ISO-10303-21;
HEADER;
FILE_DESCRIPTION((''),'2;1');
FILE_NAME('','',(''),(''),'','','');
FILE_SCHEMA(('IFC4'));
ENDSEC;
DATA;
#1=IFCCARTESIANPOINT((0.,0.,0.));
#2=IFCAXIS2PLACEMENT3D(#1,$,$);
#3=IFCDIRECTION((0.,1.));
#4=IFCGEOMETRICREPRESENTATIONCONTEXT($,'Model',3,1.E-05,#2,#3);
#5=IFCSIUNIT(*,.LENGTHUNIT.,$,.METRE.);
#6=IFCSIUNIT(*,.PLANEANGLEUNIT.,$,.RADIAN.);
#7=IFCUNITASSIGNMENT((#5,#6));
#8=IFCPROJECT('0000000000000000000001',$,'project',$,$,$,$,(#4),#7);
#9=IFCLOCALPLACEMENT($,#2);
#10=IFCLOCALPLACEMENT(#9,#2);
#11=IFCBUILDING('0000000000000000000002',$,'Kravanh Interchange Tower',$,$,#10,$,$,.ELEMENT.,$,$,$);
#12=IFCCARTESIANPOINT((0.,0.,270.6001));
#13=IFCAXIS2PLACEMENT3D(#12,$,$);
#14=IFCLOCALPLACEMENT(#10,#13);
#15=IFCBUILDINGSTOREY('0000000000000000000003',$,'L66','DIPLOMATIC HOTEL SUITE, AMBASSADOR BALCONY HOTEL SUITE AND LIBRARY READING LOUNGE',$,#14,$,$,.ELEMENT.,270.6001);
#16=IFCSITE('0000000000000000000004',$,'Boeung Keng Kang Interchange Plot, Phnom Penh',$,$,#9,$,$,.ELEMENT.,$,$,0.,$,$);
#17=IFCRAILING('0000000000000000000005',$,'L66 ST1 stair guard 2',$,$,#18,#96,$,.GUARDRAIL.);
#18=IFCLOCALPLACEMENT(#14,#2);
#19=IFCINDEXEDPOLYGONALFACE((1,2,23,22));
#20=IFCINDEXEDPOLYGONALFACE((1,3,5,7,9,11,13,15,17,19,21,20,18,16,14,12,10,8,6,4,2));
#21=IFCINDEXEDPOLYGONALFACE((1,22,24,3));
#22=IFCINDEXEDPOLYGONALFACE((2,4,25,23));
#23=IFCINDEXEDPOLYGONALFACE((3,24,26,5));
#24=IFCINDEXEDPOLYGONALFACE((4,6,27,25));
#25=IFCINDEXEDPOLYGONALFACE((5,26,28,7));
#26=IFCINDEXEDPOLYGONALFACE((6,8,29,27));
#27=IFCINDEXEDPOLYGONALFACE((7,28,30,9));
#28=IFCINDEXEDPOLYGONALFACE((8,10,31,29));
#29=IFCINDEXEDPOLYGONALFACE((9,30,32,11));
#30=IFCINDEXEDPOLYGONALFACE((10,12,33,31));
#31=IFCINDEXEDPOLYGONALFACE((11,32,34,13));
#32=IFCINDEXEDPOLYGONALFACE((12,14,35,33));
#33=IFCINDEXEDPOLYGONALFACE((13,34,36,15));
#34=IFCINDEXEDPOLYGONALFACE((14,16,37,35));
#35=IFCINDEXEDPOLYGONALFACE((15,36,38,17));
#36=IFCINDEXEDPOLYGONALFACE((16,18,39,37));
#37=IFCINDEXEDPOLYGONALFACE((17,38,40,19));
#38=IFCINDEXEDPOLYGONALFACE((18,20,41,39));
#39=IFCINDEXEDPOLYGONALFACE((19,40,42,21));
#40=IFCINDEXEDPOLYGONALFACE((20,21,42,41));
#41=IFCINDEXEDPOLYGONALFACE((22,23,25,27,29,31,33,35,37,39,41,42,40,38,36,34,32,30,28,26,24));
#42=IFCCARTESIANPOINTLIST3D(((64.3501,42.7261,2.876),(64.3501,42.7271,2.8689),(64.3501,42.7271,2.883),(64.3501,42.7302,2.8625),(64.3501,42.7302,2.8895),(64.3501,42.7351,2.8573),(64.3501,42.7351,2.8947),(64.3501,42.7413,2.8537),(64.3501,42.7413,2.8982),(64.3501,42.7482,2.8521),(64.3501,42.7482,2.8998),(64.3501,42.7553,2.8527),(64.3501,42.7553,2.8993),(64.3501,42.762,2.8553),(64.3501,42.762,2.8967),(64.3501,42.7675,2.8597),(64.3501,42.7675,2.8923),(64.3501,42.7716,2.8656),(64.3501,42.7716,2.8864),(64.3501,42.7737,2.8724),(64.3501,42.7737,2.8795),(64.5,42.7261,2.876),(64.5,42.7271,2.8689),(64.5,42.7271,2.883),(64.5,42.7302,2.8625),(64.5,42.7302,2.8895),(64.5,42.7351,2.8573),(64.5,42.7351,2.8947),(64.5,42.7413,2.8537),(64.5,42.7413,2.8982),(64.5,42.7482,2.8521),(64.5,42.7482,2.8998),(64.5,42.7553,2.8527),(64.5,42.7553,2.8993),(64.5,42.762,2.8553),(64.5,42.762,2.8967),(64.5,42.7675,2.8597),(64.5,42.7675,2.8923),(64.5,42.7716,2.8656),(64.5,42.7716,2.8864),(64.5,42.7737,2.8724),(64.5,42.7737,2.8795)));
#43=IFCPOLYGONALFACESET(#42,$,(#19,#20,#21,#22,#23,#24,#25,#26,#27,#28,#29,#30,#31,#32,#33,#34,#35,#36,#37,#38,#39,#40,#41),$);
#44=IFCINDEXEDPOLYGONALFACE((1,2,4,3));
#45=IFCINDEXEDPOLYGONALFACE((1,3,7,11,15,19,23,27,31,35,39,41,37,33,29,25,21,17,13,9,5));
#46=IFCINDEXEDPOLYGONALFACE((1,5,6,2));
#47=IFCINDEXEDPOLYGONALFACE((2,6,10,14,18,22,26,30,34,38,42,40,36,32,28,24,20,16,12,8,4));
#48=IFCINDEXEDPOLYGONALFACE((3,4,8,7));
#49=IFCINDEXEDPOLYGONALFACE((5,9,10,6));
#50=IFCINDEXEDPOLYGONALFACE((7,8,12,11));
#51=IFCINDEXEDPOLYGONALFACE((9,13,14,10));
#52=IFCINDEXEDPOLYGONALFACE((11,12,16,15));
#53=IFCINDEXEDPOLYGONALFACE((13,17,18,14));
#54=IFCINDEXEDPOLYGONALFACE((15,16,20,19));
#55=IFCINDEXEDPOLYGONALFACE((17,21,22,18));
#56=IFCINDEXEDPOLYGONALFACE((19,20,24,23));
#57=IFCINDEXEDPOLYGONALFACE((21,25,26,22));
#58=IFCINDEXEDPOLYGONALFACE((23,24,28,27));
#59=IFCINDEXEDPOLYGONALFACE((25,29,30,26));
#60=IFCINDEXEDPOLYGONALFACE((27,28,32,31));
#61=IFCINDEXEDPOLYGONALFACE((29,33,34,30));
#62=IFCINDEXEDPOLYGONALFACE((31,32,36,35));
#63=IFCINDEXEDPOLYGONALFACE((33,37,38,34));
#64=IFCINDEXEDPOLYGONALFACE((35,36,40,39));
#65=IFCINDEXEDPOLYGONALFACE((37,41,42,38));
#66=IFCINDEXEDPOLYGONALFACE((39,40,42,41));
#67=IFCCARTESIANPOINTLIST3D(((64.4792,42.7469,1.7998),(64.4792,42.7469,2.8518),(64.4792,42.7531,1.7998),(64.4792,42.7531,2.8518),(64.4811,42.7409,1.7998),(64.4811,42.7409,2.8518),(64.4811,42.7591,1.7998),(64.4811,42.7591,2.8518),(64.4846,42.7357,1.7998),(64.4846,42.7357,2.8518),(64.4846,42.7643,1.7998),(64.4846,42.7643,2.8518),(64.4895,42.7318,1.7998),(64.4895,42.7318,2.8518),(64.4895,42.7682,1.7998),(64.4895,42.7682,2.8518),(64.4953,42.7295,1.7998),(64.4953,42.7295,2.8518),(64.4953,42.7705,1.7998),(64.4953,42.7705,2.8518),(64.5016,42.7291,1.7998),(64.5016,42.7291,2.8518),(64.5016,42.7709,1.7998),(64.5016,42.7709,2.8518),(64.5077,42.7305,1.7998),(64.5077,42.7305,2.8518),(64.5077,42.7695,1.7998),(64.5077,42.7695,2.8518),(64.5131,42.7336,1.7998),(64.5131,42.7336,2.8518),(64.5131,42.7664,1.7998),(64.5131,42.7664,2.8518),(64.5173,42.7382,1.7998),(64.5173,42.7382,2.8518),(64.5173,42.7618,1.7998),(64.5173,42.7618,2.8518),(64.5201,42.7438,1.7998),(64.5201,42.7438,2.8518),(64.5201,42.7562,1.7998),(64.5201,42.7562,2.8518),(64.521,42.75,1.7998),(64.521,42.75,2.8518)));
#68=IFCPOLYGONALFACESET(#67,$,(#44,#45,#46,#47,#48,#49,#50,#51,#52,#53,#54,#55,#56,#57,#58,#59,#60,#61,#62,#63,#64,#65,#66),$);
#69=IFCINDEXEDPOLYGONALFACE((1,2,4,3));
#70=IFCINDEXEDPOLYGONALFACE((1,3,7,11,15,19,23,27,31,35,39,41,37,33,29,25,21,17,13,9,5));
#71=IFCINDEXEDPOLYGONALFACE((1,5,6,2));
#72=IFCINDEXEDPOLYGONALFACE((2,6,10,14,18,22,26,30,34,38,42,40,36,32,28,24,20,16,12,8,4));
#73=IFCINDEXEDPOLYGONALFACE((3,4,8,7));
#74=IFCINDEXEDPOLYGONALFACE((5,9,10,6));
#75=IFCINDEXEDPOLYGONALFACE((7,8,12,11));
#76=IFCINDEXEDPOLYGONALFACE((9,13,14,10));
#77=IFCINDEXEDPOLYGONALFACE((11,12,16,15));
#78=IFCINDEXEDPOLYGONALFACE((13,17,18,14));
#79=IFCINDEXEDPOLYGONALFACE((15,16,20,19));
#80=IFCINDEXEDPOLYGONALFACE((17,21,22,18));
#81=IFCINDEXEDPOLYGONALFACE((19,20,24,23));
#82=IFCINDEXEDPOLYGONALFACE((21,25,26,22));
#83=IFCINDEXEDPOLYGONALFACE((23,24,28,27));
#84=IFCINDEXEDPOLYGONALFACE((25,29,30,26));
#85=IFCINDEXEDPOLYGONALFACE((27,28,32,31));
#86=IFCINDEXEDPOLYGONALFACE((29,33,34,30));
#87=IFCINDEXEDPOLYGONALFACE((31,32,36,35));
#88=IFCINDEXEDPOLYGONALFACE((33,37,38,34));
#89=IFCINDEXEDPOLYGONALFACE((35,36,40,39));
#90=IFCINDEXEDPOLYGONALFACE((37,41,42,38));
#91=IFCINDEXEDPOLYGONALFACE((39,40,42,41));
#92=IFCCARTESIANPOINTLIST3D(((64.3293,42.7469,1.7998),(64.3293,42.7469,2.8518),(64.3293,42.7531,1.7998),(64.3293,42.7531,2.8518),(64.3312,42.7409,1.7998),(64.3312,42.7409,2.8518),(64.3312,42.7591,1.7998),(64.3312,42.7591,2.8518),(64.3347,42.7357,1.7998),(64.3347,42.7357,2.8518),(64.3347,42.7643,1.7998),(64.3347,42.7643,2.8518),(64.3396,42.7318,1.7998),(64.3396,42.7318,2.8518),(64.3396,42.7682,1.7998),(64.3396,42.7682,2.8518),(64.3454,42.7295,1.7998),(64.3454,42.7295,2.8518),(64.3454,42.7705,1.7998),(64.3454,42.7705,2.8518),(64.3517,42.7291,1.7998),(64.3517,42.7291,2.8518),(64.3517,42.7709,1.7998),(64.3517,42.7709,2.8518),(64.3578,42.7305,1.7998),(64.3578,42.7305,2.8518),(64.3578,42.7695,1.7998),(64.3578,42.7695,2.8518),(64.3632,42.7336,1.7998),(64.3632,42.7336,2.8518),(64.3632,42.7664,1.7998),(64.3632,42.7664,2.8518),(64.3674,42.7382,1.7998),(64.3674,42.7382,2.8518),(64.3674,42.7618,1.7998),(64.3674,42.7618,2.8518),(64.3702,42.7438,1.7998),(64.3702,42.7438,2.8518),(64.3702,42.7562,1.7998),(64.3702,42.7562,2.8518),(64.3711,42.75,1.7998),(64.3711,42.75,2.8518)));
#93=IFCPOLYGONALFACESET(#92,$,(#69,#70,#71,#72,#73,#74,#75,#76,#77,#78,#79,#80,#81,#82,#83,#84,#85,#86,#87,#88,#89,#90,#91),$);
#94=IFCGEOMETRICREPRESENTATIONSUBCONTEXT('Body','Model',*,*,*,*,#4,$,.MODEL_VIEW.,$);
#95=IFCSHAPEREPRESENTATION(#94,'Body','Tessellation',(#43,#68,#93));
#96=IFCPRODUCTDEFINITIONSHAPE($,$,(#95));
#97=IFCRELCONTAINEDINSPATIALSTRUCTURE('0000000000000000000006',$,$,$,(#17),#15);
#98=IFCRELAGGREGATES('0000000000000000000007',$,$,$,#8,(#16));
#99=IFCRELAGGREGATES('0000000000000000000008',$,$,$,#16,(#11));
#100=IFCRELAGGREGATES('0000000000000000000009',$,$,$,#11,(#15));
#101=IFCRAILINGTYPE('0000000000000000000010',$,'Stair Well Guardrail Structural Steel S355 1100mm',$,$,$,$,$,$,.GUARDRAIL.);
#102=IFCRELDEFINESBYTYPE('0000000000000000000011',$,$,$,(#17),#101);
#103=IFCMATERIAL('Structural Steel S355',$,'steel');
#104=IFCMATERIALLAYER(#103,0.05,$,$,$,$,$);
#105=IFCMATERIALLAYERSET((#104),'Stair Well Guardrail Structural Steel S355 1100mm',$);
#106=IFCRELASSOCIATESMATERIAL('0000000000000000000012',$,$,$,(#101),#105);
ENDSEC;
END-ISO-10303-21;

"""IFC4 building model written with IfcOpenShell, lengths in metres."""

from ifc_helpers import new_model, si_unit, direction, frame, origin, origin_2d, place, context, subcontext, project, spatial, circle, extrude, material, layer, layer_set, type_object, element, save


model = new_model("IFC4")

# Units and contexts
model_context = context("Model", 3, precision=1e-05, world=origin(), true_north=direction((0.0, 1.0)))
body_context = subcontext(model_context, "Body", "Model", "MODEL_VIEW")
ifc_project = project(units=[si_unit("LENGTHUNIT", "METRE"), si_unit("PLANEANGLEUNIT", "RADIAN")], contexts=[model_context])

# Site, building, storey
site_placement = place(None, origin())
site = spatial("IfcSite", under=ifc_project, at=site_placement, Name="Boeung Keng Kang Interchange Plot, Phnom Penh", CompositionType="ELEMENT", RefElevation=0.0)
building_placement = place(site_placement, origin())
building = spatial("IfcBuilding", under=site, at=building_placement, Name="Kravanh Interchange Tower", CompositionType="ELEMENT")
storey_placement = place(building_placement, frame((0.0, 0.0, 270.6001)))
storey = spatial("IfcBuildingStorey", under=building, at=storey_placement, Name="L66", Description="DIPLOMATIC HOTEL SUITE, AMBASSADOR BALCONY HOTEL SUITE AND LIBRARY READING LOUNGE", CompositionType="ELEMENT", Elevation=270.6001)

# Railing
ifc_material_1 = material(Name="Structural Steel S355", Category="steel")
ifc_layer_1 = layer(ifc_material_1, 0.05)
ifc_layer_set_1 = layer_set([ifc_layer_1], Name="Stair Well Guardrail Structural Steel S355 1100mm")
railing_type_1 = type_object("IfcRailingType", Name="Stair Well Guardrail Structural Steel S355 1100mm", PredefinedType="GUARDRAIL", material=ifc_layer_set_1)
railing_1_placement = place(storey_placement, frame((64.5, 42.75, 1.7998)))
element("IfcRailing", 1, at=railing_1_placement, inside=storey, type_object=railing_type_1, Name="L66 ST1 stair guard 2", PredefinedType="GUARDRAIL", context=body_context, shape_type="SweptSolid", body=[
    extrude(circle(Radius=0.0239, at=origin_2d()), frame((0.0, 0.0, 1.0762), z_axis=(-1.0, 0.0, 0.0), x_axis=(0.0, -1.0, 0.0)), (0.0, 0.0, 1.0), 0.1499),
    extrude(circle(Radius=0.021, at=origin_2d()), origin(), (0.0, 0.0, 1.0), 1.052),
    extrude(circle(Radius=0.021, at=origin_2d()), frame((-0.1499, 0.0, 0.0)), (0.0, 0.0, 1.0), 1.052),
])

save(model, "model.ifc")
